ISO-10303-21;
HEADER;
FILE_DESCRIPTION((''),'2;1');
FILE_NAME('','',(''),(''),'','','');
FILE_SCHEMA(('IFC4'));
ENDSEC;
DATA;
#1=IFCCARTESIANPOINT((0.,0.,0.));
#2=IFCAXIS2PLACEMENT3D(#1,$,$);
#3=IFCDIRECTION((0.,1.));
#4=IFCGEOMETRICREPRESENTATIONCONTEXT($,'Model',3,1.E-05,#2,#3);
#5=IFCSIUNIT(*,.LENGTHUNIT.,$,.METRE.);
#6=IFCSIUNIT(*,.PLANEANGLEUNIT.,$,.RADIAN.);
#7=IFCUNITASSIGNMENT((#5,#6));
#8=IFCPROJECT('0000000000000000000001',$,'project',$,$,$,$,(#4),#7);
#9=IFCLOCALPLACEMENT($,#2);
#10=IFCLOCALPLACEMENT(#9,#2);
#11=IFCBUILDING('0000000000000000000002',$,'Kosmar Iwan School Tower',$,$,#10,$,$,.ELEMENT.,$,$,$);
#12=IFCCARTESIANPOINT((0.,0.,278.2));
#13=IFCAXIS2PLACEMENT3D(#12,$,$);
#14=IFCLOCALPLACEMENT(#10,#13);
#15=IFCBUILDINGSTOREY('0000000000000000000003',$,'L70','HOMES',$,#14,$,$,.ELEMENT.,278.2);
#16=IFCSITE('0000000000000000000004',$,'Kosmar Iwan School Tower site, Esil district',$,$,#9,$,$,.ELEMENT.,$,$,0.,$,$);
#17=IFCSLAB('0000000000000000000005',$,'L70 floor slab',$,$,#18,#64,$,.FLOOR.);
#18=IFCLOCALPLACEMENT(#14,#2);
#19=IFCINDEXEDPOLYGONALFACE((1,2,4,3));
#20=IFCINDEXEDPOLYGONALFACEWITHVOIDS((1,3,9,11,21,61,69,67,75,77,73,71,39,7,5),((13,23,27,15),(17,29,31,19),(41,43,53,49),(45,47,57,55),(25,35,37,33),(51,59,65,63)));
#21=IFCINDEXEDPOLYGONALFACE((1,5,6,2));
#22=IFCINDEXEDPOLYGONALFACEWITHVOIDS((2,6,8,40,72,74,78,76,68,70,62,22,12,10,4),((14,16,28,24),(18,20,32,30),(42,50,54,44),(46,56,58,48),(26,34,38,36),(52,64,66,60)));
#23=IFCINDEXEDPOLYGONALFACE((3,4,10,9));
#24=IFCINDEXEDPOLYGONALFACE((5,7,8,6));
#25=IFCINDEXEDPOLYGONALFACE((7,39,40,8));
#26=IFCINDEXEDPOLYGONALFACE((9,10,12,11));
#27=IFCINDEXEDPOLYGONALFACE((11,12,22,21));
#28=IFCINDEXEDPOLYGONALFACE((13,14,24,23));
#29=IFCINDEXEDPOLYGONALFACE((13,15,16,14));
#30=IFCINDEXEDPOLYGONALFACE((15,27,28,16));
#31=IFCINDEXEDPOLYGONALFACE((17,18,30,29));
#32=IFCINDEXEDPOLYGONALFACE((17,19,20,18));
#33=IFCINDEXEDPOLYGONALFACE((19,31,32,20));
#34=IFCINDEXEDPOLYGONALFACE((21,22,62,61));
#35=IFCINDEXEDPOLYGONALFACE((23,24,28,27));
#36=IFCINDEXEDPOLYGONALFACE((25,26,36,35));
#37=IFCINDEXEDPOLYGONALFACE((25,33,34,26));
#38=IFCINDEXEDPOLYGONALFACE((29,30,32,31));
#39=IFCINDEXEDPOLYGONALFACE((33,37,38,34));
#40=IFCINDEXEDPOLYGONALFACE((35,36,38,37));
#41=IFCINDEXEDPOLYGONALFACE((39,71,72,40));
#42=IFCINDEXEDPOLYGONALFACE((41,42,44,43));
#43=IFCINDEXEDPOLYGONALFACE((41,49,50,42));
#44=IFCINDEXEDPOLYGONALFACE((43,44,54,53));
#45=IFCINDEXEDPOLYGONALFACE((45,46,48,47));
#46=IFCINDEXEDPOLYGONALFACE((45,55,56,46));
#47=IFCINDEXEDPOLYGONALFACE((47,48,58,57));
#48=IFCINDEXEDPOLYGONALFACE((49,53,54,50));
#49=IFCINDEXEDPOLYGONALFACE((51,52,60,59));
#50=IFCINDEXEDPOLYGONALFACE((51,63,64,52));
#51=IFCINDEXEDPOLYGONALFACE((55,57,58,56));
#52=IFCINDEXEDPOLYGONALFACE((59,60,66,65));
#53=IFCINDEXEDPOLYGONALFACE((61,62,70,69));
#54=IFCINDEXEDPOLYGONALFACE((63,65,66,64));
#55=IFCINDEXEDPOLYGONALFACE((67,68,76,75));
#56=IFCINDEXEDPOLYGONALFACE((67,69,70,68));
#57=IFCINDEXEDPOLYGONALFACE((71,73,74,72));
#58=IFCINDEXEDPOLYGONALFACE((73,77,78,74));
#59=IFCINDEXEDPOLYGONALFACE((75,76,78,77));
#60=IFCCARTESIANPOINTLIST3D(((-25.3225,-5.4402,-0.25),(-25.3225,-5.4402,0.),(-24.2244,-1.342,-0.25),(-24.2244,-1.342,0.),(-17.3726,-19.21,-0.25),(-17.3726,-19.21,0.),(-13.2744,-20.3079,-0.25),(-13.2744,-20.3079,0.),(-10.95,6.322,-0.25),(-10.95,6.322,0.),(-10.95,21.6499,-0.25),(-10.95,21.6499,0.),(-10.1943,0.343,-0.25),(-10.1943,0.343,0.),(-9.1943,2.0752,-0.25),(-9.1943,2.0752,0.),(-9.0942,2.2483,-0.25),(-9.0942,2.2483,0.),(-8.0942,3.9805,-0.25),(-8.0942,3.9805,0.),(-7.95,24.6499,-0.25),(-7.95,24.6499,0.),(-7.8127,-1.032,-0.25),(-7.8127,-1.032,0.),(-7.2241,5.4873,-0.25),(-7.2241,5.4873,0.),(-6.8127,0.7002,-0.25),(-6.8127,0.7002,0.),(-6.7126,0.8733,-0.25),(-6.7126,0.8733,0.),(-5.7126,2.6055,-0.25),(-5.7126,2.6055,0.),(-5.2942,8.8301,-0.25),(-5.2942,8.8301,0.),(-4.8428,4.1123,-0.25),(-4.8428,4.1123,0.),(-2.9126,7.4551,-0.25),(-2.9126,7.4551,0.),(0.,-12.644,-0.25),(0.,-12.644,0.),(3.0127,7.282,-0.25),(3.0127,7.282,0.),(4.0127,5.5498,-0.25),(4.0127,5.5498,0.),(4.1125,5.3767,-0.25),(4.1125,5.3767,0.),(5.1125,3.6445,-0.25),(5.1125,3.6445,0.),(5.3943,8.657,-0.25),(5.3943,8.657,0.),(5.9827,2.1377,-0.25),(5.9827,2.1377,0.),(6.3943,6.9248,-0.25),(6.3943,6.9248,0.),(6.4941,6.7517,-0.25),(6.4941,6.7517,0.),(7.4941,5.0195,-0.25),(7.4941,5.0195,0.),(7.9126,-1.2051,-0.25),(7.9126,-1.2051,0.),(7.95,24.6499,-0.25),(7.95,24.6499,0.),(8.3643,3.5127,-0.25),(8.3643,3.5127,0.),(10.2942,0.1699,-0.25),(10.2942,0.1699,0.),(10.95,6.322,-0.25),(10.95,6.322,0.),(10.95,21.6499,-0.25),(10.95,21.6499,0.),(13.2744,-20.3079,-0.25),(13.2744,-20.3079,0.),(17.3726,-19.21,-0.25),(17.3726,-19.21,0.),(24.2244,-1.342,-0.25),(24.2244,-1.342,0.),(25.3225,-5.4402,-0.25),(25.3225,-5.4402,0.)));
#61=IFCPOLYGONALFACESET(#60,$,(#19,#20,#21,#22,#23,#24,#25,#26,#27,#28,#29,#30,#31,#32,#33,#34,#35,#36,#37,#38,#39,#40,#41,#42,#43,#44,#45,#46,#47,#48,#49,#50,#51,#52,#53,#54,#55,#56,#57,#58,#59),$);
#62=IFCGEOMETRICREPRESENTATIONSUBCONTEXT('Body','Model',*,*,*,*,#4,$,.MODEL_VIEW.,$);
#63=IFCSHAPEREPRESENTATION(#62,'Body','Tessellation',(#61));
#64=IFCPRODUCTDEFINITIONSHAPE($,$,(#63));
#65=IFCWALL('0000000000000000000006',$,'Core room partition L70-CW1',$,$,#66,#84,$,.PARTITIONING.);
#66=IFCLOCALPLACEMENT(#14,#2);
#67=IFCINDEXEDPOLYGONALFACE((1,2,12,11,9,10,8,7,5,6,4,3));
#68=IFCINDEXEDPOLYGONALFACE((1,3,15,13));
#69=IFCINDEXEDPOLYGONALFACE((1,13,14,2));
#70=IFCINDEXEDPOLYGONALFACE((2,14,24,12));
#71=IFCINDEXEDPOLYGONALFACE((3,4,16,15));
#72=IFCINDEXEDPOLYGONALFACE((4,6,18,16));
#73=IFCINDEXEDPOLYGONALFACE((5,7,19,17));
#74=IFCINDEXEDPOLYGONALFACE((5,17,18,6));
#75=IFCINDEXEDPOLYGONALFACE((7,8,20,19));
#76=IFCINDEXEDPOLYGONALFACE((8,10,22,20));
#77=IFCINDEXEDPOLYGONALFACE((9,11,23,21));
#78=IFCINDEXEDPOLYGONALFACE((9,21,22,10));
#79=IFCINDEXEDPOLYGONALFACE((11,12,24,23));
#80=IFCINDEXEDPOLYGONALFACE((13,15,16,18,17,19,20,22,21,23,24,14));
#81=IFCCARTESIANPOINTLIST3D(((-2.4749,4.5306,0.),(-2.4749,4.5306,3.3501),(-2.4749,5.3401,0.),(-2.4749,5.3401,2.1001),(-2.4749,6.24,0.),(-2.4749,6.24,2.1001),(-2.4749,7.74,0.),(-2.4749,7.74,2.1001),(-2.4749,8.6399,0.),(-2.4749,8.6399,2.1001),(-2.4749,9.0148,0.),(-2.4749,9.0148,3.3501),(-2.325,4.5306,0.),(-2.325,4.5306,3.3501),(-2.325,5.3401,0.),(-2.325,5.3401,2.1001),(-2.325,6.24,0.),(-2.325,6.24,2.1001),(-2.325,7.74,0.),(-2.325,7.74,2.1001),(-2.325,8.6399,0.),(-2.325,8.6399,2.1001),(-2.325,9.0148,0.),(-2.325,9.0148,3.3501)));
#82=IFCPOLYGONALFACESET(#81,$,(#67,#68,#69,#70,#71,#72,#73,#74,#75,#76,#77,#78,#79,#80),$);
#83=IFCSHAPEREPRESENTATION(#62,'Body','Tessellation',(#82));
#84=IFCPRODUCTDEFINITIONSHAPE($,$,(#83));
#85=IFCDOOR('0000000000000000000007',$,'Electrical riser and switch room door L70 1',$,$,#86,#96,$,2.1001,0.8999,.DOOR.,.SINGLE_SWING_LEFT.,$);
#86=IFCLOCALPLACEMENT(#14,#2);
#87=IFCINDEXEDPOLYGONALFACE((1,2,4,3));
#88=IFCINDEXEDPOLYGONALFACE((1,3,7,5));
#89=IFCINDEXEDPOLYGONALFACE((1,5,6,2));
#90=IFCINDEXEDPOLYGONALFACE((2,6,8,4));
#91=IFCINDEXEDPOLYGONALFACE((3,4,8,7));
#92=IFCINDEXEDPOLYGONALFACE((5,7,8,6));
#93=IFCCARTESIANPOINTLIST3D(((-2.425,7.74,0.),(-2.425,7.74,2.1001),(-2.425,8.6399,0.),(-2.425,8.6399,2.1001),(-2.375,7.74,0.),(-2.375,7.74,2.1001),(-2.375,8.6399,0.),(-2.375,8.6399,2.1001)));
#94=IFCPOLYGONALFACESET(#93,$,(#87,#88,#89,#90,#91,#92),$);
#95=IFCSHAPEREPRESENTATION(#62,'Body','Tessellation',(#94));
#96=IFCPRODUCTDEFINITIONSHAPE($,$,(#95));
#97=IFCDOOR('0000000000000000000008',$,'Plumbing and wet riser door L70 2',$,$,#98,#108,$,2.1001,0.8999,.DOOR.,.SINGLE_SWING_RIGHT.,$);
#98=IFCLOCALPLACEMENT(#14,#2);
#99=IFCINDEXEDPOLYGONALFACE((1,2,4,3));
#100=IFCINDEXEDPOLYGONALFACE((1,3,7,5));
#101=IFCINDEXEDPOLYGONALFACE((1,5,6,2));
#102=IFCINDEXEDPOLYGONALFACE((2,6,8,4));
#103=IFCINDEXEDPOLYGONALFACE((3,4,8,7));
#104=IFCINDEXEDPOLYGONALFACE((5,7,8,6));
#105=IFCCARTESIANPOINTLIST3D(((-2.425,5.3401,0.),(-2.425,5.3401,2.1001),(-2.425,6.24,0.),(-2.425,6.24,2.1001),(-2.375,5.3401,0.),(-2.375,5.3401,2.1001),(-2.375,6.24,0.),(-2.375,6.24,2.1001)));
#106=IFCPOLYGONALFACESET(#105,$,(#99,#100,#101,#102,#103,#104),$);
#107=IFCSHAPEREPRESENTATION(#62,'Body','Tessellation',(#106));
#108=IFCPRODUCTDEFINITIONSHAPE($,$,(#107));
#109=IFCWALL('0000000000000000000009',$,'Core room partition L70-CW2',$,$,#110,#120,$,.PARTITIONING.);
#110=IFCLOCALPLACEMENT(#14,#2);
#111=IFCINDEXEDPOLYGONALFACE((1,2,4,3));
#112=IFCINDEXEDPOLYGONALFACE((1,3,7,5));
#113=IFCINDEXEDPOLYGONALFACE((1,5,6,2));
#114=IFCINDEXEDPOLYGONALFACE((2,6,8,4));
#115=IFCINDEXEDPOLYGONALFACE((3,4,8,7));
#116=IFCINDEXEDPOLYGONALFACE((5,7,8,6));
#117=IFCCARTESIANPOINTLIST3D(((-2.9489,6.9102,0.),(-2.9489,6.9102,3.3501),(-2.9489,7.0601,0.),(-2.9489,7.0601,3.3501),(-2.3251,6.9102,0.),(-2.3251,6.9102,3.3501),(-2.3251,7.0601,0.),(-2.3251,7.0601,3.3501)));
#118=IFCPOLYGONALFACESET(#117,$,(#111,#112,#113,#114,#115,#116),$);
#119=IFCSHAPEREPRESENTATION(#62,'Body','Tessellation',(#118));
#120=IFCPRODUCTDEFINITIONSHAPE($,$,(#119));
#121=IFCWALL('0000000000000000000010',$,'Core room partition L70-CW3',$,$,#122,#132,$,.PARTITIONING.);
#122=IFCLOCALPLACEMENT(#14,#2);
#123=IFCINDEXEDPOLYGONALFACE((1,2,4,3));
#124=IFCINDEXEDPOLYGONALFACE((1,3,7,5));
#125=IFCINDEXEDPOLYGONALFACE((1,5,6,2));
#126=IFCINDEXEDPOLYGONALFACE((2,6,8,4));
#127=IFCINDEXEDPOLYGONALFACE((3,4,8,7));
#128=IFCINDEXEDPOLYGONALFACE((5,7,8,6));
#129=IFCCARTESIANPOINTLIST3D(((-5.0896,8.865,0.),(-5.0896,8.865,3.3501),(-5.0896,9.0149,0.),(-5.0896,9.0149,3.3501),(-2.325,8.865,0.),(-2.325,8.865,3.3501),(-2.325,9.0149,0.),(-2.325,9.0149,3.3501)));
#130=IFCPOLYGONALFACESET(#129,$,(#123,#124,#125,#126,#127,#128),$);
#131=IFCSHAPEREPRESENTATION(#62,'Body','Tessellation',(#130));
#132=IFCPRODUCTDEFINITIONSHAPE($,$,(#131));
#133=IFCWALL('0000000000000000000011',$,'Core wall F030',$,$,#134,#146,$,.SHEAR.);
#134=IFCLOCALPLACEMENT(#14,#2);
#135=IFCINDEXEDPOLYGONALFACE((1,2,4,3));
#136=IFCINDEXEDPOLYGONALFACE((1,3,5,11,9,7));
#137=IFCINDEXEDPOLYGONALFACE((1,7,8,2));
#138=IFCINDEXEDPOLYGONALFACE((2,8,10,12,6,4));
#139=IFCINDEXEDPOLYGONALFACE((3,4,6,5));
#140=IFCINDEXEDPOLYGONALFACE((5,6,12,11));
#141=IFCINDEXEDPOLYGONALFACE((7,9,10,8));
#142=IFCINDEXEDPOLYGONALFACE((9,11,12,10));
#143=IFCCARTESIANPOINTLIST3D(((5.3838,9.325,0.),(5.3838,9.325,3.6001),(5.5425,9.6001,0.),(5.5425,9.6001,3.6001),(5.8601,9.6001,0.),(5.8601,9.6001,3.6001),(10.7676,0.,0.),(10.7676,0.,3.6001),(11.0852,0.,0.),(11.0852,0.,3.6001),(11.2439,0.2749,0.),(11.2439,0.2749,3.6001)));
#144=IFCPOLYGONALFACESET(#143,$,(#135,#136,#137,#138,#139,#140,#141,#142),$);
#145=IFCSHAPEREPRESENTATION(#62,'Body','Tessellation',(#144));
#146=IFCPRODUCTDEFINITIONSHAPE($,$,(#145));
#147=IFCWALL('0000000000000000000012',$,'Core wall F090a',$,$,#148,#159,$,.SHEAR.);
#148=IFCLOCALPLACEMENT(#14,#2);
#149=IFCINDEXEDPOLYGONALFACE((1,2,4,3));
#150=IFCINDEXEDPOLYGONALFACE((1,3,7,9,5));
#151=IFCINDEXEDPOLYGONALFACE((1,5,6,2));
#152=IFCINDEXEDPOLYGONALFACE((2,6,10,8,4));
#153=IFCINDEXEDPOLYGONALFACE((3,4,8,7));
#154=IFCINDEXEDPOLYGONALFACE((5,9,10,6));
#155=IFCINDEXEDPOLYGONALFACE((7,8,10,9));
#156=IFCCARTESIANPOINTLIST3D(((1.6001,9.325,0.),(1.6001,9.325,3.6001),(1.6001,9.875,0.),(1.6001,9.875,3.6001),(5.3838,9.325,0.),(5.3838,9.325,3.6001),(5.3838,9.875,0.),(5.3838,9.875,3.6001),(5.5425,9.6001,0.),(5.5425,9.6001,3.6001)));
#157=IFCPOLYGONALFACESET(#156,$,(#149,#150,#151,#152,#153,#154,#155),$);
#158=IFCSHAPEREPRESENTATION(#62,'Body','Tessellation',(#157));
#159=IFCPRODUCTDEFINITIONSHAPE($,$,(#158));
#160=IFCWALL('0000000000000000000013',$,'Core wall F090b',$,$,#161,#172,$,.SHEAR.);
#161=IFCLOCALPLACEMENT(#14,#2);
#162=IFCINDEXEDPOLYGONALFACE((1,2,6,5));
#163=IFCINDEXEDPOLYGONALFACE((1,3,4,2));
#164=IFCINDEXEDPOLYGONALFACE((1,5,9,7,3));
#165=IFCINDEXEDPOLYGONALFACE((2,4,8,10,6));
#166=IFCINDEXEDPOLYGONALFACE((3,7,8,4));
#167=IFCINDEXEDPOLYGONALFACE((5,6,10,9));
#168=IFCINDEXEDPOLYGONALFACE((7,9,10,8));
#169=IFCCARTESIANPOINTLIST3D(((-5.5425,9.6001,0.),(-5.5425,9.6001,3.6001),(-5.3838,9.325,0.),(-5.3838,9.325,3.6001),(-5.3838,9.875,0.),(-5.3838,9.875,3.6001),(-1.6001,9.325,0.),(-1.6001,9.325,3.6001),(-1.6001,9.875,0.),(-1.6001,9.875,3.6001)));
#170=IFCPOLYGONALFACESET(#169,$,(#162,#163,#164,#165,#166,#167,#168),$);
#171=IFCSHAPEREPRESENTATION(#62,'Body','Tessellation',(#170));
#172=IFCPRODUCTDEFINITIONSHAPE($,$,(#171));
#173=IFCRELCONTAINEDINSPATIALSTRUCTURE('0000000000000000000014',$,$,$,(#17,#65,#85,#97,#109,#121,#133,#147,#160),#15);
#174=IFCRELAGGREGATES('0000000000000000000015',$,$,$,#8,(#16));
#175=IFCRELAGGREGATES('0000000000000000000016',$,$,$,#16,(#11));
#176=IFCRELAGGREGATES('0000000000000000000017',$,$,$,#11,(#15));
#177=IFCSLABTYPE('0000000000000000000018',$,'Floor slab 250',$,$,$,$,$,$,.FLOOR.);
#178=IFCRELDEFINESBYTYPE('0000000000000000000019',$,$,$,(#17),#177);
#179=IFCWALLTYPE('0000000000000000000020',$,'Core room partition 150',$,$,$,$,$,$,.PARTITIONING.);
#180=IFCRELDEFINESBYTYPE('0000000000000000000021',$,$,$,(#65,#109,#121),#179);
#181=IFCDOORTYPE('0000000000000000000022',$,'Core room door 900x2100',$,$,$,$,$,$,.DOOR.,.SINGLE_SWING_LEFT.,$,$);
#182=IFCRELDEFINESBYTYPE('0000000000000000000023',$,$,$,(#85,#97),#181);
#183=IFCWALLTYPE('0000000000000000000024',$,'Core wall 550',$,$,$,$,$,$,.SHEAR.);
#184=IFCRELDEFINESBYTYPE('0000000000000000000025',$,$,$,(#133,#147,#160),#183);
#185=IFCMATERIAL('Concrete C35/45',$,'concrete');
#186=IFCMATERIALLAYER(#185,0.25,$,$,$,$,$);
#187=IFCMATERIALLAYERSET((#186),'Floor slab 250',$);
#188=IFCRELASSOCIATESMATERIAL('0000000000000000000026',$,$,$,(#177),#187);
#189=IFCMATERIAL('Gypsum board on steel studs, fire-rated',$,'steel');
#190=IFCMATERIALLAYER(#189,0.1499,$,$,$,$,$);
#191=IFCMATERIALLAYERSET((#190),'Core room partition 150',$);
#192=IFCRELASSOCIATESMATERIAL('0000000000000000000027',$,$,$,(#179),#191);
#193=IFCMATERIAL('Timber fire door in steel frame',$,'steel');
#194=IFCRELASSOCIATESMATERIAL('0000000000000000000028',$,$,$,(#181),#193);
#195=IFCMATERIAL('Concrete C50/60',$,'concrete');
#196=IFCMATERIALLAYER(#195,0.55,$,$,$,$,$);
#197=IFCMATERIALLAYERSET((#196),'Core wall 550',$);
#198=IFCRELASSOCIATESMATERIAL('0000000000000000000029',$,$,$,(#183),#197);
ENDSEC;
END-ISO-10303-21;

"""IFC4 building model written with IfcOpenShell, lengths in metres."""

from ifc_helpers import new_model, si_unit, direction, frame, frame_2d, origin, place, context, subcontext, project, spatial, polyline, rectangle, outline, extrude, material, layer, layer_set, type_object, element, fill, save


model = new_model("IFC4")

# Units and contexts
model_context = context("Model", 3, precision=1e-05, world=origin(), true_north=direction((0.0, 1.0)))
body_context = subcontext(model_context, "Body", "Model", "MODEL_VIEW")
ifc_project = project(units=[si_unit("LENGTHUNIT", "METRE"), si_unit("PLANEANGLEUNIT", "RADIAN")], contexts=[model_context])

# Site, building, storey
site_placement = place(None, origin())
site = spatial("IfcSite", under=ifc_project, at=site_placement, Name="Kosmar Iwan School Tower site, Esil district", CompositionType="ELEMENT", RefElevation=0.0)
building_placement = place(site_placement, origin())
building = spatial("IfcBuilding", under=site, at=building_placement, Name="Kosmar Iwan School Tower", CompositionType="ELEMENT")
storey_placement = place(building_placement, frame((0.0, 0.0, 278.2)))
storey = spatial("IfcBuildingStorey", under=building, at=storey_placement, Name="L70", Description="HOMES", CompositionType="ELEMENT", Elevation=278.2)

# Slab
ifc_material_1 = material(Name="Concrete C35/45", Category="concrete")
ifc_layer_1 = layer(ifc_material_1, 0.25)
ifc_layer_set_1 = layer_set([ifc_layer_1], Name="Floor slab 250")
slab_type = type_object("IfcSlabType", Name="Floor slab 250", PredefinedType="FLOOR", material=ifc_layer_set_1)
slab_placement = place(storey_placement, frame((0.0, 0.0, -0.25)))
element("IfcSlab", 1, at=slab_placement, inside=storey, type_object=slab_type, Name="L70 floor slab", PredefinedType="FLOOR", context=body_context, shape_type="SweptSolid", body=[
    extrude(outline(polyline([(-13.2744, -20.3079), (0.0, -12.644), (13.2744, -20.3079), (17.3726, -19.21), (25.3225, -5.4402), (24.2244, -1.342), (10.95, 6.322), (10.95, 21.6499), (7.95, 24.6499), (-7.95, 24.6499), (-10.95, 21.6499), (-10.95, 6.322), (-24.2244, -1.342), (-25.3225, -5.4402), (-17.3726, -19.21), (-13.2744, -20.3079)]), holes=[polyline([(7.9126, -1.2051), (10.2942, 0.1699), (8.3643, 3.5127), (5.9827, 2.1377), (7.9126, -1.2051)]), polyline([(-2.9126, 7.4551), (-5.2942, 8.8301), (-7.2241, 5.4873), (-4.8428, 4.1123), (-2.9126, 7.4551)]), polyline([(-5.7126, 2.6055), (-8.0942, 3.9805), (-9.0942, 2.2483), (-6.7126, 0.8733), (-5.7126, 2.6055)]), polyline([(-6.8127, 0.7002), (-9.1943, 2.0752), (-10.1943, 0.343), (-7.8127, -1.032), (-6.8127, 0.7002)]), polyline([(5.1125, 3.6445), (7.4941, 5.0195), (6.4941, 6.7517), (4.1125, 5.3767), (5.1125, 3.6445)]), polyline([(4.0127, 5.5498), (6.3943, 6.9248), (5.3943, 8.657), (3.0127, 7.282), (4.0127, 5.5498)])]), origin(), (0.0, 0.0, 1.0), 0.25),
])

# Wall, openings, doors
ifc_material_2 = material(Name="Gypsum board on steel studs, fire-rated", Category="steel")
ifc_layer_2 = layer(ifc_material_2, 0.1499)
ifc_layer_set_2 = layer_set([ifc_layer_2], Name="Core room partition 150")
wall_type_1 = type_object("IfcWallType", Name="Core room partition 150", PredefinedType="PARTITIONING", material=ifc_layer_set_2)
wall_1_placement = place(storey_placement, frame((-2.3999, 9.0149, 0.0), z_axis=(0.0, 0.0, 1.0), x_axis=(0.0, -1.0, 0.0)))
wall_1 = element("IfcWall", 2, at=wall_1_placement, inside=storey, type_object=wall_type_1, Name="Core room partition L70-CW1", PredefinedType="PARTITIONING", context=body_context, shape_type="SweptSolid", body=[
    extrude(rectangle(XDim=4.4841, YDim=0.1499, at=frame_2d((2.2422, 0.0))), origin(), (0.0, 0.0, 1.0), 3.3501),
])
opening_1_placement = place(wall_1_placement, frame((0.375, 0.0, 0.0)))
opening_1 = element("IfcOpeningElement", 3, at=opening_1_placement, cuts=wall_1, PredefinedType="OPENING", context=body_context, shape_type="SweptSolid", body=[
    extrude(rectangle(XDim=0.8999, YDim=2.1001, at=frame_2d((0.45, 1.05))), frame((0.0, 0.0869, 0.0), z_axis=(0.0, -1.0, 0.0), x_axis=(1.0, 0.0, 0.0)), (0.0, 0.0, 1.0), 0.1738),
])
opening_2_placement = place(wall_1_placement, frame((2.7749, 0.0, 0.0)))
opening_2 = element("IfcOpeningElement", 4, at=opening_2_placement, cuts=wall_1, PredefinedType="OPENING", context=body_context, shape_type="SweptSolid", body=[
    extrude(rectangle(XDim=0.8999, YDim=2.1001, at=frame_2d((0.45, 1.05))), frame((0.0, 0.0869, 0.0), z_axis=(0.0, -1.0, 0.0), x_axis=(1.0, 0.0, 0.0)), (0.0, 0.0, 1.0), 0.1738),
])
ifc_material_3 = material(Name="Timber fire door in steel frame", Category="steel")
door_type_1 = type_object("IfcDoorType", Name="Core room door 900x2100", OperationType="SINGLE_SWING_LEFT", PredefinedType="DOOR", material=ifc_material_3)
door_1_placement = place(opening_1_placement, origin())
door_1 = element("IfcDoor", 5, at=door_1_placement, inside=storey, type_object=door_type_1, Name="Electrical riser and switch room door L70 1", OperationType="SINGLE_SWING_LEFT", OverallHeight=2.1001, OverallWidth=0.8999, PredefinedType="DOOR", context=body_context, shape_type="SweptSolid", body=[
    extrude(rectangle(XDim=0.8999, YDim=2.1001, at=frame_2d((0.45, 1.05))), frame((0.0, 0.0249, 0.0), z_axis=(0.0, -1.0, 0.0), x_axis=(1.0, 0.0, 0.0)), (0.0, 0.0, 1.0), 0.05),
])
fill(opening_1, door_1)
door_2_placement = place(opening_2_placement, origin())
door_2 = element("IfcDoor", 6, at=door_2_placement, inside=storey, type_object=door_type_1, Name="Plumbing and wet riser door L70 2", OperationType="SINGLE_SWING_RIGHT", OverallHeight=2.1001, OverallWidth=0.8999, PredefinedType="DOOR", context=body_context, shape_type="SweptSolid", body=[
    extrude(rectangle(XDim=0.8999, YDim=2.1001, at=frame_2d((0.45, 1.05))), frame((0.0, 0.0249, 0.0), z_axis=(0.0, -1.0, 0.0), x_axis=(1.0, 0.0, 0.0)), (0.0, 0.0, 1.0), 0.05),
])
fill(opening_2, door_2)

# Walls
wall_2_placement = place(storey_placement, frame((-2.325, 6.9851, 0.0), z_axis=(0.0, 0.0, 1.0), x_axis=(-1.0, 0.0, 0.0)))
element("IfcWall", 7, at=wall_2_placement, inside=storey, type_object=wall_type_1, Name="Core room partition L70-CW2", PredefinedType="PARTITIONING", context=body_context, shape_type="SweptSolid", body=[
    extrude(rectangle(XDim=0.6238, YDim=0.1499, at=frame_2d((0.312, 0.0))), origin(), (0.0, 0.0, 1.0), 3.3501),
])
wall_3_placement = place(storey_placement, frame((-5.0896, 8.9399, 0.0), z_axis=(0.0, 0.0, 1.0), x_axis=(1.0, 0.0, 0.0)))
element("IfcWall", 8, at=wall_3_placement, inside=storey, type_object=wall_type_1, Name="Core room partition L70-CW3", PredefinedType="PARTITIONING", context=body_context, shape_type="SweptSolid", body=[
    extrude(rectangle(XDim=2.7646, YDim=0.1499, at=frame_2d((1.3823, 0.0))), origin(), (0.0, 0.0, 1.0), 3.3501),
])
ifc_material_4 = material(Name="Concrete C50/60", Category="concrete")
ifc_layer_3 = layer(ifc_material_4, 0.55)
ifc_layer_set_3 = layer_set([ifc_layer_3], Name="Core wall 550")
wall_type_2 = type_object("IfcWallType", Name="Core wall 550", PredefinedType="SHEAR", material=ifc_layer_set_3)
wall_4_placement = place(storey_placement, origin())
element("IfcWall", 9, at=wall_4_placement, inside=storey, type_object=wall_type_2, Name="Core wall F030", PredefinedType="SHEAR", context=body_context, shape_type="SweptSolid", body=[
    extrude(outline(polyline([(10.7676, 0.0), (11.0852, 0.0), (11.2439, 0.2749), (5.8601, 9.6001), (5.5425, 9.6001), (5.3838, 9.325), (10.7676, 0.0)])), origin(), (0.0, 0.0, 1.0), 3.6001),
])
wall_5_placement = place(storey_placement, origin())
element("IfcWall", 10, at=wall_5_placement, inside=storey, type_object=wall_type_2, Name="Core wall F090a", PredefinedType="SHEAR", context=body_context, shape_type="SweptSolid", body=[
    extrude(outline(polyline([(1.6001, 9.325), (5.3838, 9.325), (5.5425, 9.6001), (5.3838, 9.875), (1.6001, 9.875), (1.6001, 9.325)])), origin(), (0.0, 0.0, 1.0), 3.6001),
])
wall_6_placement = place(storey_placement, origin())
element("IfcWall", 11, at=wall_6_placement, inside=storey, type_object=wall_type_2, Name="Core wall F090b", PredefinedType="SHEAR", context=body_context, shape_type="SweptSolid", body=[
    extrude(outline(polyline([(-5.3838, 9.325), (-1.6001, 9.325), (-1.6001, 9.875), (-5.3838, 9.875), (-5.5425, 9.6001), (-5.3838, 9.325)])), origin(), (0.0, 0.0, 1.0), 3.6001),
])

save(model, "model.ifc")
